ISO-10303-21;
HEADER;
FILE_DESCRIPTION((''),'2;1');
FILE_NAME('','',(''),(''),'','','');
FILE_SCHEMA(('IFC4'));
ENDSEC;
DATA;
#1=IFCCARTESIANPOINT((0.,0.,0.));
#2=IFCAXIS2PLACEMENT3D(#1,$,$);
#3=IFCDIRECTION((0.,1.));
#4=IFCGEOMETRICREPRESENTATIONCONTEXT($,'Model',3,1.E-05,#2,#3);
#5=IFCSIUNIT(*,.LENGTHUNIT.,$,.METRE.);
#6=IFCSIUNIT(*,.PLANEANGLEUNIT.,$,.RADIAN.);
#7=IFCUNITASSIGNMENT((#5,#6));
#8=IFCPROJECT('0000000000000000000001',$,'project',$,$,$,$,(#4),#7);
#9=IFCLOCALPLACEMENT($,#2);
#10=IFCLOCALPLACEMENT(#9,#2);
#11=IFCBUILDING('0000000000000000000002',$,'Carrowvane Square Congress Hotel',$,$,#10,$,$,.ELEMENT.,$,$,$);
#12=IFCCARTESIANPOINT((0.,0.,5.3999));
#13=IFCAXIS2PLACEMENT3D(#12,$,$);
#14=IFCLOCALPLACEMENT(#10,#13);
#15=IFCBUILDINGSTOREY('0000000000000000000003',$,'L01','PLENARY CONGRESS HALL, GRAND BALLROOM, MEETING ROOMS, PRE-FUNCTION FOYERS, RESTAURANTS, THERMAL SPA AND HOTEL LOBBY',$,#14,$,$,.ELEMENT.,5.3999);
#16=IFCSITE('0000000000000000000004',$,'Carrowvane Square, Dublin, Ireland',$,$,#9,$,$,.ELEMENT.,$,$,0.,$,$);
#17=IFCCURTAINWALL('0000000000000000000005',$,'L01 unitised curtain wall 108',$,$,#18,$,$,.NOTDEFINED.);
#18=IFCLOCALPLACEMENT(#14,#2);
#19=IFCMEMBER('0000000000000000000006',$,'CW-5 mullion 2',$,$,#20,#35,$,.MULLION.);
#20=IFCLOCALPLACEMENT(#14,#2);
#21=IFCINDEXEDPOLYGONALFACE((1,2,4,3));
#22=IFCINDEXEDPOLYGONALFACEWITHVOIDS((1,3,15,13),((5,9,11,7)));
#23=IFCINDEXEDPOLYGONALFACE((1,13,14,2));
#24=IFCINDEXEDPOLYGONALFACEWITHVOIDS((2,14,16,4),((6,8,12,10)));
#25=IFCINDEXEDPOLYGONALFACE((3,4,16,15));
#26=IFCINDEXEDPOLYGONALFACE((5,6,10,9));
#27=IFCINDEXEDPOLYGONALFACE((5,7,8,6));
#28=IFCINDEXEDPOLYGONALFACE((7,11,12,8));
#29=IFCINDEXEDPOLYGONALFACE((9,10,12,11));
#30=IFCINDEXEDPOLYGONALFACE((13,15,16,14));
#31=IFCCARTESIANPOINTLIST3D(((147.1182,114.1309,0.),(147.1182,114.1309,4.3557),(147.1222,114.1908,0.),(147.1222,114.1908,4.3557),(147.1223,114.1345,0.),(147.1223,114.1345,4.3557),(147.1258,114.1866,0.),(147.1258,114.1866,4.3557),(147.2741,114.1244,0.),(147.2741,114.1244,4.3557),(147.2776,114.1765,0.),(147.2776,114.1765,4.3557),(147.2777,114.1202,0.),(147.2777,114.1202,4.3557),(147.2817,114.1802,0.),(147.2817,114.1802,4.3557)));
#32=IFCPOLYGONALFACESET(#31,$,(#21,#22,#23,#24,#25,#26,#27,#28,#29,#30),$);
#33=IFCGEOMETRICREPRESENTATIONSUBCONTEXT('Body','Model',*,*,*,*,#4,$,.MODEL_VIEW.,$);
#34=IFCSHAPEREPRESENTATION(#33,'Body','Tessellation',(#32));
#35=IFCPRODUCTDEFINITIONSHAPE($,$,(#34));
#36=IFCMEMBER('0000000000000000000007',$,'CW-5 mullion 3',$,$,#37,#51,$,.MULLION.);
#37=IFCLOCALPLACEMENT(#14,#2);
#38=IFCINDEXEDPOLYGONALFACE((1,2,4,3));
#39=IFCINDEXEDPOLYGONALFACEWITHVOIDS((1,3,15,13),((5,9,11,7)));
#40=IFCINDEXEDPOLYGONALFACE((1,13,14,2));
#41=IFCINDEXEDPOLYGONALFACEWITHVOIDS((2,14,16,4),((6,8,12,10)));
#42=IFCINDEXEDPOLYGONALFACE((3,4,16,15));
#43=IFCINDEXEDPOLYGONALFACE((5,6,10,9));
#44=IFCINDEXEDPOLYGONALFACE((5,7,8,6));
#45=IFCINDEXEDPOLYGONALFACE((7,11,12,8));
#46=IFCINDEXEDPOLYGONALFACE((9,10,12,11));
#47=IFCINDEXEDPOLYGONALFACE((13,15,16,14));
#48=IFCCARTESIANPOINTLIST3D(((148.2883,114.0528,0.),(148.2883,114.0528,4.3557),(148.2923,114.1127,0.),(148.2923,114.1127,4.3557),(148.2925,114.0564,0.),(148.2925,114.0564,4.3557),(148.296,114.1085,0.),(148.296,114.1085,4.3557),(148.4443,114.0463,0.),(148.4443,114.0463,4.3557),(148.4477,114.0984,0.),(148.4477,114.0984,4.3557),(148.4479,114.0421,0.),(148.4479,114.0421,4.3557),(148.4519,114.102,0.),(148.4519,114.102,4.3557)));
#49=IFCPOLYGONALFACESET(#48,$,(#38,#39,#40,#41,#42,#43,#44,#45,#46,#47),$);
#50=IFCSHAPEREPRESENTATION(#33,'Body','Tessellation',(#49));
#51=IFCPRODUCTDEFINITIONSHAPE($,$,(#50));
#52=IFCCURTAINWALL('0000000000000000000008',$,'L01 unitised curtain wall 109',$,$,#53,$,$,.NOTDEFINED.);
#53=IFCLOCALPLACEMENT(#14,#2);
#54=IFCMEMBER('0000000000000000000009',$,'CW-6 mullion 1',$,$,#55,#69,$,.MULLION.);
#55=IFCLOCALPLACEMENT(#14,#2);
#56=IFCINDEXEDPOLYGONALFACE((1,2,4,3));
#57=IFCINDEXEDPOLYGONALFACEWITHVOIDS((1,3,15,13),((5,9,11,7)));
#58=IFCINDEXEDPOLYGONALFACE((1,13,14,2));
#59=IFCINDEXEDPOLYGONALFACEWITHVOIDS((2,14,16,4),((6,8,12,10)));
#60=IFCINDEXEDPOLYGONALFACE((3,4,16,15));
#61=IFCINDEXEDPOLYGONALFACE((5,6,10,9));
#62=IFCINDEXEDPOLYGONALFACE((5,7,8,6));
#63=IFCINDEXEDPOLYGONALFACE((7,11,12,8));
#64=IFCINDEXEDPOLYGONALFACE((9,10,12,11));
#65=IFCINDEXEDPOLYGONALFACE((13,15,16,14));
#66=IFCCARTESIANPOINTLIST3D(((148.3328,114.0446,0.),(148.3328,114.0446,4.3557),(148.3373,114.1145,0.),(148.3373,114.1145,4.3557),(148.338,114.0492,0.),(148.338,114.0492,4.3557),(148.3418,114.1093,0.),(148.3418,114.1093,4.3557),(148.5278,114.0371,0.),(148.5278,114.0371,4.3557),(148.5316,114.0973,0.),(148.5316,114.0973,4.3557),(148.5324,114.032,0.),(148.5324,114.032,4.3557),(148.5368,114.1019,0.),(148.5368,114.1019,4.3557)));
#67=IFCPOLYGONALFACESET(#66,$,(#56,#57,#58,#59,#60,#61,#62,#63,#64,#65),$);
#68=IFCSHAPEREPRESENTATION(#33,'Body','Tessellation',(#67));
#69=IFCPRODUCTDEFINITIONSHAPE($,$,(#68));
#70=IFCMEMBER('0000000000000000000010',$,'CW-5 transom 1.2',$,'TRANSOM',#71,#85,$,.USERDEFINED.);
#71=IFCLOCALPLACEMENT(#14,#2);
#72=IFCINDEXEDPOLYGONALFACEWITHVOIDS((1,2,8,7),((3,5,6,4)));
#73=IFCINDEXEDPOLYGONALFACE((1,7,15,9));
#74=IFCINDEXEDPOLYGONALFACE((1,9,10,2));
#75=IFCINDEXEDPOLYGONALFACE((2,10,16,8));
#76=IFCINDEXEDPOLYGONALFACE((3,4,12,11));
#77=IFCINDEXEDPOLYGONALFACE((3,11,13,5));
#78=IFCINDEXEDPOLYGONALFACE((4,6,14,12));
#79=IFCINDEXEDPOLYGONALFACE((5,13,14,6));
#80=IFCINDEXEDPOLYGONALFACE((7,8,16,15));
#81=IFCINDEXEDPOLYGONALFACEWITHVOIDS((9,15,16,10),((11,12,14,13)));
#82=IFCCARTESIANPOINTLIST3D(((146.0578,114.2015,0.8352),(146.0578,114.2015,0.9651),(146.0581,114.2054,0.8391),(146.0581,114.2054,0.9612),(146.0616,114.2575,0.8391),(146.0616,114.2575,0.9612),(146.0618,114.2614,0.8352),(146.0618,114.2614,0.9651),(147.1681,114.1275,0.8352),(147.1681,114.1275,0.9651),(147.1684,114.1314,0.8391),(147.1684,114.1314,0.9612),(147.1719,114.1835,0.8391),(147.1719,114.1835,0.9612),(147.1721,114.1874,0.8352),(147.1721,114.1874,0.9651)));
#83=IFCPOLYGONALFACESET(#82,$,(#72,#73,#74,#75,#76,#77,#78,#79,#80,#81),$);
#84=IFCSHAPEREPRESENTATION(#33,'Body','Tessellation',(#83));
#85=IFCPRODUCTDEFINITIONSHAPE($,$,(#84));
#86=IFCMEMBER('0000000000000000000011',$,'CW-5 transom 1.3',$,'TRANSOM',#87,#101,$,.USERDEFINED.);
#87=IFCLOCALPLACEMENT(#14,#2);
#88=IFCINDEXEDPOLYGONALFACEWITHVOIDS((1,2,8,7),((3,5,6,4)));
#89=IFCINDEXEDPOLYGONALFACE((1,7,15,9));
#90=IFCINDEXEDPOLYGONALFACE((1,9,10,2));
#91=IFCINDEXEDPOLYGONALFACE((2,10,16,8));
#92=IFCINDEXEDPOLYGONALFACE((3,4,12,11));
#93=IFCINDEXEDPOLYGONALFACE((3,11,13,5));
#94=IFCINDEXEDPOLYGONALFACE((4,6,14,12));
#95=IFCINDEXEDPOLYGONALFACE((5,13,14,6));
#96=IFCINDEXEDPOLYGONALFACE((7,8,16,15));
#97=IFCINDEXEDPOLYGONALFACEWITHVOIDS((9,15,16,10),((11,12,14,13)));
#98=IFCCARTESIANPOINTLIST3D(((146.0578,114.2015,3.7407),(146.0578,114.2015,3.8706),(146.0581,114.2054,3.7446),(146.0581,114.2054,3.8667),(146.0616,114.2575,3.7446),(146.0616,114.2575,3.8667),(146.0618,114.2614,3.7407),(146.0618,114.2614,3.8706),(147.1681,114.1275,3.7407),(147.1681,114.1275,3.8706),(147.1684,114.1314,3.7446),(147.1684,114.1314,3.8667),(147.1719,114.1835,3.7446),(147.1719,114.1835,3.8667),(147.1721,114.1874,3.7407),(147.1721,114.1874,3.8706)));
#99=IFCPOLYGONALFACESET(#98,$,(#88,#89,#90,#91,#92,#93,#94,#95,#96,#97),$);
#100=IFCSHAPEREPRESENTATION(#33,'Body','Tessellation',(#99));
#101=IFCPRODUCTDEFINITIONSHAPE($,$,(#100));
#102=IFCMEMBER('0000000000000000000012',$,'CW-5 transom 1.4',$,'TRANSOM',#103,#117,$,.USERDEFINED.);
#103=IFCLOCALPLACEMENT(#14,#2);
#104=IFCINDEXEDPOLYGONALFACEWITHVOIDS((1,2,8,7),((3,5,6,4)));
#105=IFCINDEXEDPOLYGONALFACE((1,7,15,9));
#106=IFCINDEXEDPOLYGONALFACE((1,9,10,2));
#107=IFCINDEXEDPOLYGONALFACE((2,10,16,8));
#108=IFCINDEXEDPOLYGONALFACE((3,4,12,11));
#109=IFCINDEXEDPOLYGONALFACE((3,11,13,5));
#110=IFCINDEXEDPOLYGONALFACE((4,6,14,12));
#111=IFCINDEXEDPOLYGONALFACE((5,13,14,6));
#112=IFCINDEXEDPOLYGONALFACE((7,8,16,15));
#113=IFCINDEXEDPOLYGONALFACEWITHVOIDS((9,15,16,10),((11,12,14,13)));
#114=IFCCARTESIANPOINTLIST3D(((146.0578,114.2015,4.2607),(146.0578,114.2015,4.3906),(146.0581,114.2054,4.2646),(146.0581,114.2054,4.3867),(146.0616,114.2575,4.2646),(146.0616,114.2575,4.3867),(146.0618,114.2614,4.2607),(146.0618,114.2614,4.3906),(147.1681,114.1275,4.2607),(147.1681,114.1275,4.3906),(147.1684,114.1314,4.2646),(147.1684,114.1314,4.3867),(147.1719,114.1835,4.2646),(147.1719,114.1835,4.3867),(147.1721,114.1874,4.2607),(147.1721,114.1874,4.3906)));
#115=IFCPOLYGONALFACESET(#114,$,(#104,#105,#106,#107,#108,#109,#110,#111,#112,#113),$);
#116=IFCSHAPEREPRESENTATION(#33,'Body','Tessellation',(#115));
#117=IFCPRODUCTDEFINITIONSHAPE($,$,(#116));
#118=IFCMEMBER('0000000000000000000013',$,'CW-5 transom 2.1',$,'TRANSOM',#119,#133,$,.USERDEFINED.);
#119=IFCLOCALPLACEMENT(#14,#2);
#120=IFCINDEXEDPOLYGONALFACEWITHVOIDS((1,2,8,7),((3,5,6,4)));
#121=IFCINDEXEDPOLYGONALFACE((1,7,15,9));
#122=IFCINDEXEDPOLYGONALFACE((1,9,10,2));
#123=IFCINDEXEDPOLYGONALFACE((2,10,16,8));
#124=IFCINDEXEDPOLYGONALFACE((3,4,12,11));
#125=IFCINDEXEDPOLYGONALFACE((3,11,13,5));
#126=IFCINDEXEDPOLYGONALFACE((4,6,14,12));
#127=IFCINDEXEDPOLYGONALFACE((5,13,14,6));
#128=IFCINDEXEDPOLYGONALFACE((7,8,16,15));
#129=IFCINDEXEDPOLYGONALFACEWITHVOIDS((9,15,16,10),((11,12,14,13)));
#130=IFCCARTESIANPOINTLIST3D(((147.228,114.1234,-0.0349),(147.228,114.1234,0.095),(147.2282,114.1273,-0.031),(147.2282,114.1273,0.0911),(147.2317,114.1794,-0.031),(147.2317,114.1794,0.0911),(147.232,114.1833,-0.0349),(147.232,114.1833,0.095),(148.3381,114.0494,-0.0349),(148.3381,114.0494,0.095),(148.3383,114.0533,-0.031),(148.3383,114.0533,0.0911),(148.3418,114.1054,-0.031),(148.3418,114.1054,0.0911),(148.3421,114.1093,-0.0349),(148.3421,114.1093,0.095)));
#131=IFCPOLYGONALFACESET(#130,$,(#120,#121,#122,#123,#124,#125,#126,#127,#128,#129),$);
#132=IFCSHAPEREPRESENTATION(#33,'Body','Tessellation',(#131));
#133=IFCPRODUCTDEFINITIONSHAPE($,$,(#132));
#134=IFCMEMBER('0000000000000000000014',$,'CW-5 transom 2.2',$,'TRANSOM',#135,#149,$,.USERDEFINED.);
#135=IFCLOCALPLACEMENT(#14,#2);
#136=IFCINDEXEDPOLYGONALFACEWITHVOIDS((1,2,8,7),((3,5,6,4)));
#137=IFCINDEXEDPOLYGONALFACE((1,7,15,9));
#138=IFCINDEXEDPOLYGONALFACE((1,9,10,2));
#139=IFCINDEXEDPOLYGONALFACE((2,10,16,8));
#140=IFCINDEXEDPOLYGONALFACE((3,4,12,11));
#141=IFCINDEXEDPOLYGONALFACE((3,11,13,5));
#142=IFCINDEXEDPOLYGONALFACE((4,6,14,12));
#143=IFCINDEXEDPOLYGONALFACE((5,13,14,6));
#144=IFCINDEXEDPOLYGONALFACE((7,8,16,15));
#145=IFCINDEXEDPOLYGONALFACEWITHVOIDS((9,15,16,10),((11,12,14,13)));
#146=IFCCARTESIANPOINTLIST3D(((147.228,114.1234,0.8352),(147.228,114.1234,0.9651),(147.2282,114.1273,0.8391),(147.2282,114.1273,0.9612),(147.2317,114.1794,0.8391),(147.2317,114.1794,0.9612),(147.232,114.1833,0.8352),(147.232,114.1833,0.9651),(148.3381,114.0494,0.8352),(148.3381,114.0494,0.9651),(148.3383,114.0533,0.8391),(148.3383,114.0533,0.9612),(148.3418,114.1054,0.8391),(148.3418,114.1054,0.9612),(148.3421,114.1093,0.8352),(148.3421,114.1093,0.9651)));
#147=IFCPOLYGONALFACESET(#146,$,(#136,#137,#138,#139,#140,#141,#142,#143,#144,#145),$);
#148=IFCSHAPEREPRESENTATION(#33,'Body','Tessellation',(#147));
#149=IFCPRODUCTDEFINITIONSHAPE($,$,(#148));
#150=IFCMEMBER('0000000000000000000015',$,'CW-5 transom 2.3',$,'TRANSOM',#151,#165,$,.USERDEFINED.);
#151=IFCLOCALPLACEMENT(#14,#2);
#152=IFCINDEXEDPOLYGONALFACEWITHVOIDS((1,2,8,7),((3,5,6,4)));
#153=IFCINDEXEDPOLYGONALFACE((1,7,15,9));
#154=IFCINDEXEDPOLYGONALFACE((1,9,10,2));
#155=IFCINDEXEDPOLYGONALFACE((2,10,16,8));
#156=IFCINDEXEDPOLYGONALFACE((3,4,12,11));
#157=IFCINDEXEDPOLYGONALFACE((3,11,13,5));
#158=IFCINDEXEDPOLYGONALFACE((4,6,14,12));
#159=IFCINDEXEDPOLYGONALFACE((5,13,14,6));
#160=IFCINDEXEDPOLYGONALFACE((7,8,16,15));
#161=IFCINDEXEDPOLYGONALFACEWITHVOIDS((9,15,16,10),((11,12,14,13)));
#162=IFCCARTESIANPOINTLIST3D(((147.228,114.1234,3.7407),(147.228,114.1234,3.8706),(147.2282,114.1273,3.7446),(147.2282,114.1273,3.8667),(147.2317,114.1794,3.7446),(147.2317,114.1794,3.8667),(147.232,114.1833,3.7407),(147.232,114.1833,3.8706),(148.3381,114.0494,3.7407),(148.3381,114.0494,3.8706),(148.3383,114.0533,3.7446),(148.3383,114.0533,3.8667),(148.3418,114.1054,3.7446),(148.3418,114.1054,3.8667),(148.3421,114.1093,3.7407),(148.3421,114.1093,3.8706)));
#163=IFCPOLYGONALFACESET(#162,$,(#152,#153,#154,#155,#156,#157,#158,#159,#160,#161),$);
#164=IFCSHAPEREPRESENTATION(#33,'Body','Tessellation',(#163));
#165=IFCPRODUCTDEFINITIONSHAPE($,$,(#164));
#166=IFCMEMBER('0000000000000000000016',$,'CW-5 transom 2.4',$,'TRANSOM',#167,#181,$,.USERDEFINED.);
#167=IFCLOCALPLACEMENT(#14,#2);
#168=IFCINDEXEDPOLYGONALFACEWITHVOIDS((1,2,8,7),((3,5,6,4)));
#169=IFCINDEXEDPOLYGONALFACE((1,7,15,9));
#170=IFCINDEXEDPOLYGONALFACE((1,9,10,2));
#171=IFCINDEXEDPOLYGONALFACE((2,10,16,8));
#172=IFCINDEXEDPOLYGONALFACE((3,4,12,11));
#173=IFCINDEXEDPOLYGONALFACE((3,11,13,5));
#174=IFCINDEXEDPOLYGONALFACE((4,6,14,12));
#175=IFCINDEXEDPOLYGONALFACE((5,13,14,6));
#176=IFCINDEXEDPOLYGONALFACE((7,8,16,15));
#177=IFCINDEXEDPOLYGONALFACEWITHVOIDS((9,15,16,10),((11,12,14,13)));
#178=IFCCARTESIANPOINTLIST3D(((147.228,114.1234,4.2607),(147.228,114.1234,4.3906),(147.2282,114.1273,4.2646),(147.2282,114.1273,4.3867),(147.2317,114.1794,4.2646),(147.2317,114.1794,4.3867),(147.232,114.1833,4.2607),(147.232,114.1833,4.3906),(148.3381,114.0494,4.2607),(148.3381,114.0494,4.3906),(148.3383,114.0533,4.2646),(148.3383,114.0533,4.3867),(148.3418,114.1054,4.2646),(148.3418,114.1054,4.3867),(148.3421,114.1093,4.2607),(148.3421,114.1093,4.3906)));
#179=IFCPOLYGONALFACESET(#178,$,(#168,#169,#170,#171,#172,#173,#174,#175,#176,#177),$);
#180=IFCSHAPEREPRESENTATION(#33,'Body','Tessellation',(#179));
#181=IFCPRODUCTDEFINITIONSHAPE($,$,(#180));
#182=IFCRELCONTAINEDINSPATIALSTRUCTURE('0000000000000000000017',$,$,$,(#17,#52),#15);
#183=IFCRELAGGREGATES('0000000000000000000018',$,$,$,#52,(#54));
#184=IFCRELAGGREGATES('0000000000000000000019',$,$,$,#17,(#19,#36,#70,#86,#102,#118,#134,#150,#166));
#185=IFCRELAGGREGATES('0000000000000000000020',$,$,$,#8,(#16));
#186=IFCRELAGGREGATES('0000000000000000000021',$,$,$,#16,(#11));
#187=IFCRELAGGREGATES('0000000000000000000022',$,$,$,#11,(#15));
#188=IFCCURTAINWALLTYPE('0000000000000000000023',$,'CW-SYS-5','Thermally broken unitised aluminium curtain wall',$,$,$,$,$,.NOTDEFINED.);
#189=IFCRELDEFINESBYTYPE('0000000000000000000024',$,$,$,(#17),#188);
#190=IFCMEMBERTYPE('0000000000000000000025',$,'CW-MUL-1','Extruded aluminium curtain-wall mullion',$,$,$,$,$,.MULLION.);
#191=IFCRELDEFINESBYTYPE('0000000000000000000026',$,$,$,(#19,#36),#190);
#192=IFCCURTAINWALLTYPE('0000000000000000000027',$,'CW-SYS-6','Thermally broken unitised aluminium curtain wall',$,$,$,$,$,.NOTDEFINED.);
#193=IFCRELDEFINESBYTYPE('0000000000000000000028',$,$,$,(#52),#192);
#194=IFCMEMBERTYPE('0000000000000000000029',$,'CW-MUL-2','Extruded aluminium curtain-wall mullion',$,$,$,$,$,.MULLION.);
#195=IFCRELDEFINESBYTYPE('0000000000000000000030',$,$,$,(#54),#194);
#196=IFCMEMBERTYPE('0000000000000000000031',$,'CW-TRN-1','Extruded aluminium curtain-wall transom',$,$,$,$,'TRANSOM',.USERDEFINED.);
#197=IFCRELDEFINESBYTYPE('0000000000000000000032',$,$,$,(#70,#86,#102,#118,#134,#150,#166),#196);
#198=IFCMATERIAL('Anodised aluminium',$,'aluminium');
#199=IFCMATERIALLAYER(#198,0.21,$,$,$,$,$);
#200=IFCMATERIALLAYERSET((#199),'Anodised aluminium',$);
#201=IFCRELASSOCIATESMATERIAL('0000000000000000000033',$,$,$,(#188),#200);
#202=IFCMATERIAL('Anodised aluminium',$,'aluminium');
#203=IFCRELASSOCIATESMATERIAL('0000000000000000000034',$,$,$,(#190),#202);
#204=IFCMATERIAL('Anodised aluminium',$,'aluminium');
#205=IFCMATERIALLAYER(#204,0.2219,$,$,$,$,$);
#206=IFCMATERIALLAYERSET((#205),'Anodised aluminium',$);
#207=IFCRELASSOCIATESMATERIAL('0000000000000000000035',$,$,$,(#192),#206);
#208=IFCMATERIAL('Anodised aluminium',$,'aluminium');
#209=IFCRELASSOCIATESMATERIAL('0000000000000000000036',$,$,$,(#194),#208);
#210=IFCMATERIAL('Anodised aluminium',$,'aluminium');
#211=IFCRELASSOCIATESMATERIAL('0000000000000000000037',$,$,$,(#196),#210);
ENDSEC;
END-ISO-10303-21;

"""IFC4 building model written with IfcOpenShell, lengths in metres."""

from ifc_helpers import new_model, si_unit, direction, frame, origin, origin_2d, place, context, subcontext, project, spatial, hollow_rectangle, extrude, material, layer, layer_set, material_profile, profile_set, type_object, element, aggregate, save


model = new_model("IFC4")

# Units and contexts
model_context = context("Model", 3, precision=1e-05, world=origin(), true_north=direction((0.0, 1.0)))
body_context = subcontext(model_context, "Body", "Model", "MODEL_VIEW")
ifc_project = project(units=[si_unit("LENGTHUNIT", "METRE"), si_unit("PLANEANGLEUNIT", "RADIAN")], contexts=[model_context])

# Site, building, storey
site_placement = place(None, origin())
site = spatial("IfcSite", under=ifc_project, at=site_placement, Name="Carrowvane Square, Dublin, Ireland", CompositionType="ELEMENT", RefElevation=0.0)
building_placement = place(site_placement, origin())
building = spatial("IfcBuilding", under=site, at=building_placement, Name="Carrowvane Square Congress Hotel", CompositionType="ELEMENT")
storey_placement = place(building_placement, frame((0.0, 0.0, 5.3999)))
storey = spatial("IfcBuildingStorey", under=building, at=storey_placement, Name="L01", Description="PLENARY CONGRESS HALL, GRAND BALLROOM, MEETING ROOMS, PRE-FUNCTION FOYERS, RESTAURANTS, THERMAL SPA AND HOTEL LOBBY", CompositionType="ELEMENT", Elevation=5.3999)

# Curtain wall, members
ifc_material_1 = material(Name="Anodised aluminium", Category="aluminium")
ifc_layer_1 = layer(ifc_material_1, 0.21)
ifc_layer_set_1 = layer_set([ifc_layer_1], Name="Anodised aluminium")
curtain_wall_type_1 = type_object("IfcCurtainWallType", Name="CW-SYS-5", Description="Thermally broken unitised aluminium curtain wall", PredefinedType="NOTDEFINED", material=ifc_layer_set_1)
curtain_wall_1_placement = place(storey_placement, origin())
curtain_wall_1 = element("IfcCurtainWall", 1, at=curtain_wall_1_placement, inside=storey, type_object=curtain_wall_type_1, Name="L01 unitised curtain wall 108", PredefinedType="NOTDEFINED")
ifc_material_2 = material(Name="Anodised aluminium", Category="aluminium")
ifc_material_profile_1 = material_profile(ifc_material_2, hollow_rectangle(XDim=0.0601, YDim=0.1599, WallThickness=0.0039, at=origin_2d()), Name="CW-ML 60x160x4")
ifc_profile_set_1 = profile_set([ifc_material_profile_1], Name="Anodised aluminium")
member_type_1 = type_object("IfcMemberType", Name="CW-MUL-1", Description="Extruded aluminium curtain-wall mullion", PredefinedType="MULLION", material=ifc_profile_set_1)
member_1_placement = place(storey_placement, frame((147.2, 114.1555, 0.0), z_axis=(0.0, 0.0, 1.0), x_axis=(0.066574, 0.997781, 0.0)))
member_1 = element("IfcMember", 2, at=member_1_placement, type_object=member_type_1, Name="CW-5 mullion 2", PredefinedType="MULLION", context=body_context, shape_type="SweptSolid", body=[
    extrude(hollow_rectangle(XDim=0.0601, YDim=0.1599, WallThickness=0.0039, at=origin_2d()), origin(), (0.0, 0.0, 1.0), 4.3557),
])
member_2_placement = place(storey_placement, frame((148.3701, 114.0774, 0.0), z_axis=(0.0, 0.0, 1.0), x_axis=(0.066574, 0.997781, 0.0)))
member_2 = element("IfcMember", 3, at=member_2_placement, type_object=member_type_1, Name="CW-5 mullion 3", PredefinedType="MULLION", context=body_context, shape_type="SweptSolid", body=[
    extrude(hollow_rectangle(XDim=0.0601, YDim=0.1599, WallThickness=0.0039, at=origin_2d()), origin(), (0.0, 0.0, 1.0), 4.3557),
])

# Curtain wall, member
ifc_material_3 = material(Name="Anodised aluminium", Category="aluminium")
ifc_layer_2 = layer(ifc_material_3, 0.2219)
ifc_layer_set_2 = layer_set([ifc_layer_2], Name="Anodised aluminium")
curtain_wall_type_2 = type_object("IfcCurtainWallType", Name="CW-SYS-6", Description="Thermally broken unitised aluminium curtain wall", PredefinedType="NOTDEFINED", material=ifc_layer_set_2)
curtain_wall_2_placement = place(storey_placement, origin())
curtain_wall_2 = element("IfcCurtainWall", 4, at=curtain_wall_2_placement, inside=storey, type_object=curtain_wall_type_2, Name="L01 unitised curtain wall 109", PredefinedType="NOTDEFINED")
ifc_material_4 = material(Name="Anodised aluminium", Category="aluminium")
ifc_material_profile_2 = material_profile(ifc_material_4, hollow_rectangle(XDim=0.0701, YDim=0.2, WallThickness=0.0049, at=origin_2d()), Name="CW-ML 70x200x5")
ifc_profile_set_2 = profile_set([ifc_material_profile_2], Name="Anodised aluminium")
member_type_2 = type_object("IfcMemberType", Name="CW-MUL-2", Description="Extruded aluminium curtain-wall mullion", PredefinedType="MULLION", material=ifc_profile_set_2)
member_3_placement = place(storey_placement, frame((148.4348, 114.0732, 0.0), z_axis=(0.0, 0.0, 1.0), x_axis=(0.063273, 0.997996, 0.0)))
member_3 = element("IfcMember", 5, at=member_3_placement, type_object=member_type_2, Name="CW-6 mullion 1", PredefinedType="MULLION", context=body_context, shape_type="SweptSolid", body=[
    extrude(hollow_rectangle(XDim=0.0701, YDim=0.2, WallThickness=0.0049, at=origin_2d()), origin(), (0.0, 0.0, 1.0), 4.3557),
])

# Members
ifc_material_5 = material(Name="Anodised aluminium", Category="aluminium")
ifc_material_profile_3 = material_profile(ifc_material_5, hollow_rectangle(XDim=0.0601, YDim=0.1299, WallThickness=0.0039, at=origin_2d()), Name="CW-TR 60x130x4")
ifc_profile_set_3 = profile_set([ifc_material_profile_3], Name="Anodised aluminium")
member_type_3 = type_object("IfcMemberType", Name="CW-TRN-1", Description="Extruded aluminium curtain-wall transom", ElementType="TRANSOM", PredefinedType="USERDEFINED", material=ifc_profile_set_3)
member_4_placement = place(storey_placement, frame((146.0598, 114.2314, 0.9001), z_axis=(0.997788, -0.066475, 0.0), x_axis=(0.066475, 0.997788, 0.0)))
member_4 = element("IfcMember", 6, at=member_4_placement, type_object=member_type_3, Name="CW-5 transom 1.2", ObjectType="TRANSOM", PredefinedType="USERDEFINED", context=body_context, shape_type="SweptSolid", body=[
    extrude(hollow_rectangle(XDim=0.0601, YDim=0.1299, WallThickness=0.0039, at=origin_2d()), origin(), (0.0, 0.0, 1.0), 1.1128),
])
member_5_placement = place(storey_placement, frame((146.0598, 114.2314, 3.8057), z_axis=(0.997788, -0.066475, 0.0), x_axis=(0.066475, 0.997788, 0.0)))
member_5 = element("IfcMember", 7, at=member_5_placement, type_object=member_type_3, Name="CW-5 transom 1.3", ObjectType="TRANSOM", PredefinedType="USERDEFINED", context=body_context, shape_type="SweptSolid", body=[
    extrude(hollow_rectangle(XDim=0.0601, YDim=0.1299, WallThickness=0.0039, at=origin_2d()), origin(), (0.0, 0.0, 1.0), 1.1128),
])
member_6_placement = place(storey_placement, frame((146.0598, 114.2314, 4.3257), z_axis=(0.997788, -0.066475, 0.0), x_axis=(0.066475, 0.997788, 0.0)))
member_6 = element("IfcMember", 8, at=member_6_placement, type_object=member_type_3, Name="CW-5 transom 1.4", ObjectType="TRANSOM", PredefinedType="USERDEFINED", context=body_context, shape_type="SweptSolid", body=[
    extrude(hollow_rectangle(XDim=0.0601, YDim=0.1299, WallThickness=0.0039, at=origin_2d()), origin(), (0.0, 0.0, 1.0), 1.1128),
])
member_7_placement = place(storey_placement, frame((147.23, 114.1533, 0.03), z_axis=(0.997787, -0.06649, 0.0), x_axis=(0.06649, 0.997787, 0.0)))
member_7 = element("IfcMember", 9, at=member_7_placement, type_object=member_type_3, Name="CW-5 transom 2.1", ObjectType="TRANSOM", PredefinedType="USERDEFINED", context=body_context, shape_type="SweptSolid", body=[
    extrude(hollow_rectangle(XDim=0.0601, YDim=0.1299, WallThickness=0.0039, at=origin_2d()), origin(), (0.0, 0.0, 1.0), 1.1125),
])
member_8_placement = place(storey_placement, frame((147.23, 114.1533, 0.9001), z_axis=(0.997787, -0.06649, 0.0), x_axis=(0.06649, 0.997787, 0.0)))
member_8 = element("IfcMember", 10, at=member_8_placement, type_object=member_type_3, Name="CW-5 transom 2.2", ObjectType="TRANSOM", PredefinedType="USERDEFINED", context=body_context, shape_type="SweptSolid", body=[
    extrude(hollow_rectangle(XDim=0.0601, YDim=0.1299, WallThickness=0.0039, at=origin_2d()), origin(), (0.0, 0.0, 1.0), 1.1125),
])
member_9_placement = place(storey_placement, frame((147.23, 114.1533, 3.8057), z_axis=(0.997787, -0.06649, 0.0), x_axis=(0.06649, 0.997787, 0.0)))
member_9 = element("IfcMember", 11, at=member_9_placement, type_object=member_type_3, Name="CW-5 transom 2.3", ObjectType="TRANSOM", PredefinedType="USERDEFINED", context=body_context, shape_type="SweptSolid", body=[
    extrude(hollow_rectangle(XDim=0.0601, YDim=0.1299, WallThickness=0.0039, at=origin_2d()), origin(), (0.0, 0.0, 1.0), 1.1125),
])
member_10_placement = place(storey_placement, frame((147.23, 114.1533, 4.3257), z_axis=(0.997787, -0.06649, 0.0), x_axis=(0.06649, 0.997787, 0.0)))
member_10 = element("IfcMember", 12, at=member_10_placement, type_object=member_type_3, Name="CW-5 transom 2.4", ObjectType="TRANSOM", PredefinedType="USERDEFINED", context=body_context, shape_type="SweptSolid", body=[
    extrude(hollow_rectangle(XDim=0.0601, YDim=0.1299, WallThickness=0.0039, at=origin_2d()), origin(), (0.0, 0.0, 1.0), 1.1125),
])
aggregate(curtain_wall_2, [member_3])

aggregate(curtain_wall_1, [member_1, member_2, member_4, member_5, member_6, member_7, member_8, member_9, member_10])

save(model, "model.ifc")
